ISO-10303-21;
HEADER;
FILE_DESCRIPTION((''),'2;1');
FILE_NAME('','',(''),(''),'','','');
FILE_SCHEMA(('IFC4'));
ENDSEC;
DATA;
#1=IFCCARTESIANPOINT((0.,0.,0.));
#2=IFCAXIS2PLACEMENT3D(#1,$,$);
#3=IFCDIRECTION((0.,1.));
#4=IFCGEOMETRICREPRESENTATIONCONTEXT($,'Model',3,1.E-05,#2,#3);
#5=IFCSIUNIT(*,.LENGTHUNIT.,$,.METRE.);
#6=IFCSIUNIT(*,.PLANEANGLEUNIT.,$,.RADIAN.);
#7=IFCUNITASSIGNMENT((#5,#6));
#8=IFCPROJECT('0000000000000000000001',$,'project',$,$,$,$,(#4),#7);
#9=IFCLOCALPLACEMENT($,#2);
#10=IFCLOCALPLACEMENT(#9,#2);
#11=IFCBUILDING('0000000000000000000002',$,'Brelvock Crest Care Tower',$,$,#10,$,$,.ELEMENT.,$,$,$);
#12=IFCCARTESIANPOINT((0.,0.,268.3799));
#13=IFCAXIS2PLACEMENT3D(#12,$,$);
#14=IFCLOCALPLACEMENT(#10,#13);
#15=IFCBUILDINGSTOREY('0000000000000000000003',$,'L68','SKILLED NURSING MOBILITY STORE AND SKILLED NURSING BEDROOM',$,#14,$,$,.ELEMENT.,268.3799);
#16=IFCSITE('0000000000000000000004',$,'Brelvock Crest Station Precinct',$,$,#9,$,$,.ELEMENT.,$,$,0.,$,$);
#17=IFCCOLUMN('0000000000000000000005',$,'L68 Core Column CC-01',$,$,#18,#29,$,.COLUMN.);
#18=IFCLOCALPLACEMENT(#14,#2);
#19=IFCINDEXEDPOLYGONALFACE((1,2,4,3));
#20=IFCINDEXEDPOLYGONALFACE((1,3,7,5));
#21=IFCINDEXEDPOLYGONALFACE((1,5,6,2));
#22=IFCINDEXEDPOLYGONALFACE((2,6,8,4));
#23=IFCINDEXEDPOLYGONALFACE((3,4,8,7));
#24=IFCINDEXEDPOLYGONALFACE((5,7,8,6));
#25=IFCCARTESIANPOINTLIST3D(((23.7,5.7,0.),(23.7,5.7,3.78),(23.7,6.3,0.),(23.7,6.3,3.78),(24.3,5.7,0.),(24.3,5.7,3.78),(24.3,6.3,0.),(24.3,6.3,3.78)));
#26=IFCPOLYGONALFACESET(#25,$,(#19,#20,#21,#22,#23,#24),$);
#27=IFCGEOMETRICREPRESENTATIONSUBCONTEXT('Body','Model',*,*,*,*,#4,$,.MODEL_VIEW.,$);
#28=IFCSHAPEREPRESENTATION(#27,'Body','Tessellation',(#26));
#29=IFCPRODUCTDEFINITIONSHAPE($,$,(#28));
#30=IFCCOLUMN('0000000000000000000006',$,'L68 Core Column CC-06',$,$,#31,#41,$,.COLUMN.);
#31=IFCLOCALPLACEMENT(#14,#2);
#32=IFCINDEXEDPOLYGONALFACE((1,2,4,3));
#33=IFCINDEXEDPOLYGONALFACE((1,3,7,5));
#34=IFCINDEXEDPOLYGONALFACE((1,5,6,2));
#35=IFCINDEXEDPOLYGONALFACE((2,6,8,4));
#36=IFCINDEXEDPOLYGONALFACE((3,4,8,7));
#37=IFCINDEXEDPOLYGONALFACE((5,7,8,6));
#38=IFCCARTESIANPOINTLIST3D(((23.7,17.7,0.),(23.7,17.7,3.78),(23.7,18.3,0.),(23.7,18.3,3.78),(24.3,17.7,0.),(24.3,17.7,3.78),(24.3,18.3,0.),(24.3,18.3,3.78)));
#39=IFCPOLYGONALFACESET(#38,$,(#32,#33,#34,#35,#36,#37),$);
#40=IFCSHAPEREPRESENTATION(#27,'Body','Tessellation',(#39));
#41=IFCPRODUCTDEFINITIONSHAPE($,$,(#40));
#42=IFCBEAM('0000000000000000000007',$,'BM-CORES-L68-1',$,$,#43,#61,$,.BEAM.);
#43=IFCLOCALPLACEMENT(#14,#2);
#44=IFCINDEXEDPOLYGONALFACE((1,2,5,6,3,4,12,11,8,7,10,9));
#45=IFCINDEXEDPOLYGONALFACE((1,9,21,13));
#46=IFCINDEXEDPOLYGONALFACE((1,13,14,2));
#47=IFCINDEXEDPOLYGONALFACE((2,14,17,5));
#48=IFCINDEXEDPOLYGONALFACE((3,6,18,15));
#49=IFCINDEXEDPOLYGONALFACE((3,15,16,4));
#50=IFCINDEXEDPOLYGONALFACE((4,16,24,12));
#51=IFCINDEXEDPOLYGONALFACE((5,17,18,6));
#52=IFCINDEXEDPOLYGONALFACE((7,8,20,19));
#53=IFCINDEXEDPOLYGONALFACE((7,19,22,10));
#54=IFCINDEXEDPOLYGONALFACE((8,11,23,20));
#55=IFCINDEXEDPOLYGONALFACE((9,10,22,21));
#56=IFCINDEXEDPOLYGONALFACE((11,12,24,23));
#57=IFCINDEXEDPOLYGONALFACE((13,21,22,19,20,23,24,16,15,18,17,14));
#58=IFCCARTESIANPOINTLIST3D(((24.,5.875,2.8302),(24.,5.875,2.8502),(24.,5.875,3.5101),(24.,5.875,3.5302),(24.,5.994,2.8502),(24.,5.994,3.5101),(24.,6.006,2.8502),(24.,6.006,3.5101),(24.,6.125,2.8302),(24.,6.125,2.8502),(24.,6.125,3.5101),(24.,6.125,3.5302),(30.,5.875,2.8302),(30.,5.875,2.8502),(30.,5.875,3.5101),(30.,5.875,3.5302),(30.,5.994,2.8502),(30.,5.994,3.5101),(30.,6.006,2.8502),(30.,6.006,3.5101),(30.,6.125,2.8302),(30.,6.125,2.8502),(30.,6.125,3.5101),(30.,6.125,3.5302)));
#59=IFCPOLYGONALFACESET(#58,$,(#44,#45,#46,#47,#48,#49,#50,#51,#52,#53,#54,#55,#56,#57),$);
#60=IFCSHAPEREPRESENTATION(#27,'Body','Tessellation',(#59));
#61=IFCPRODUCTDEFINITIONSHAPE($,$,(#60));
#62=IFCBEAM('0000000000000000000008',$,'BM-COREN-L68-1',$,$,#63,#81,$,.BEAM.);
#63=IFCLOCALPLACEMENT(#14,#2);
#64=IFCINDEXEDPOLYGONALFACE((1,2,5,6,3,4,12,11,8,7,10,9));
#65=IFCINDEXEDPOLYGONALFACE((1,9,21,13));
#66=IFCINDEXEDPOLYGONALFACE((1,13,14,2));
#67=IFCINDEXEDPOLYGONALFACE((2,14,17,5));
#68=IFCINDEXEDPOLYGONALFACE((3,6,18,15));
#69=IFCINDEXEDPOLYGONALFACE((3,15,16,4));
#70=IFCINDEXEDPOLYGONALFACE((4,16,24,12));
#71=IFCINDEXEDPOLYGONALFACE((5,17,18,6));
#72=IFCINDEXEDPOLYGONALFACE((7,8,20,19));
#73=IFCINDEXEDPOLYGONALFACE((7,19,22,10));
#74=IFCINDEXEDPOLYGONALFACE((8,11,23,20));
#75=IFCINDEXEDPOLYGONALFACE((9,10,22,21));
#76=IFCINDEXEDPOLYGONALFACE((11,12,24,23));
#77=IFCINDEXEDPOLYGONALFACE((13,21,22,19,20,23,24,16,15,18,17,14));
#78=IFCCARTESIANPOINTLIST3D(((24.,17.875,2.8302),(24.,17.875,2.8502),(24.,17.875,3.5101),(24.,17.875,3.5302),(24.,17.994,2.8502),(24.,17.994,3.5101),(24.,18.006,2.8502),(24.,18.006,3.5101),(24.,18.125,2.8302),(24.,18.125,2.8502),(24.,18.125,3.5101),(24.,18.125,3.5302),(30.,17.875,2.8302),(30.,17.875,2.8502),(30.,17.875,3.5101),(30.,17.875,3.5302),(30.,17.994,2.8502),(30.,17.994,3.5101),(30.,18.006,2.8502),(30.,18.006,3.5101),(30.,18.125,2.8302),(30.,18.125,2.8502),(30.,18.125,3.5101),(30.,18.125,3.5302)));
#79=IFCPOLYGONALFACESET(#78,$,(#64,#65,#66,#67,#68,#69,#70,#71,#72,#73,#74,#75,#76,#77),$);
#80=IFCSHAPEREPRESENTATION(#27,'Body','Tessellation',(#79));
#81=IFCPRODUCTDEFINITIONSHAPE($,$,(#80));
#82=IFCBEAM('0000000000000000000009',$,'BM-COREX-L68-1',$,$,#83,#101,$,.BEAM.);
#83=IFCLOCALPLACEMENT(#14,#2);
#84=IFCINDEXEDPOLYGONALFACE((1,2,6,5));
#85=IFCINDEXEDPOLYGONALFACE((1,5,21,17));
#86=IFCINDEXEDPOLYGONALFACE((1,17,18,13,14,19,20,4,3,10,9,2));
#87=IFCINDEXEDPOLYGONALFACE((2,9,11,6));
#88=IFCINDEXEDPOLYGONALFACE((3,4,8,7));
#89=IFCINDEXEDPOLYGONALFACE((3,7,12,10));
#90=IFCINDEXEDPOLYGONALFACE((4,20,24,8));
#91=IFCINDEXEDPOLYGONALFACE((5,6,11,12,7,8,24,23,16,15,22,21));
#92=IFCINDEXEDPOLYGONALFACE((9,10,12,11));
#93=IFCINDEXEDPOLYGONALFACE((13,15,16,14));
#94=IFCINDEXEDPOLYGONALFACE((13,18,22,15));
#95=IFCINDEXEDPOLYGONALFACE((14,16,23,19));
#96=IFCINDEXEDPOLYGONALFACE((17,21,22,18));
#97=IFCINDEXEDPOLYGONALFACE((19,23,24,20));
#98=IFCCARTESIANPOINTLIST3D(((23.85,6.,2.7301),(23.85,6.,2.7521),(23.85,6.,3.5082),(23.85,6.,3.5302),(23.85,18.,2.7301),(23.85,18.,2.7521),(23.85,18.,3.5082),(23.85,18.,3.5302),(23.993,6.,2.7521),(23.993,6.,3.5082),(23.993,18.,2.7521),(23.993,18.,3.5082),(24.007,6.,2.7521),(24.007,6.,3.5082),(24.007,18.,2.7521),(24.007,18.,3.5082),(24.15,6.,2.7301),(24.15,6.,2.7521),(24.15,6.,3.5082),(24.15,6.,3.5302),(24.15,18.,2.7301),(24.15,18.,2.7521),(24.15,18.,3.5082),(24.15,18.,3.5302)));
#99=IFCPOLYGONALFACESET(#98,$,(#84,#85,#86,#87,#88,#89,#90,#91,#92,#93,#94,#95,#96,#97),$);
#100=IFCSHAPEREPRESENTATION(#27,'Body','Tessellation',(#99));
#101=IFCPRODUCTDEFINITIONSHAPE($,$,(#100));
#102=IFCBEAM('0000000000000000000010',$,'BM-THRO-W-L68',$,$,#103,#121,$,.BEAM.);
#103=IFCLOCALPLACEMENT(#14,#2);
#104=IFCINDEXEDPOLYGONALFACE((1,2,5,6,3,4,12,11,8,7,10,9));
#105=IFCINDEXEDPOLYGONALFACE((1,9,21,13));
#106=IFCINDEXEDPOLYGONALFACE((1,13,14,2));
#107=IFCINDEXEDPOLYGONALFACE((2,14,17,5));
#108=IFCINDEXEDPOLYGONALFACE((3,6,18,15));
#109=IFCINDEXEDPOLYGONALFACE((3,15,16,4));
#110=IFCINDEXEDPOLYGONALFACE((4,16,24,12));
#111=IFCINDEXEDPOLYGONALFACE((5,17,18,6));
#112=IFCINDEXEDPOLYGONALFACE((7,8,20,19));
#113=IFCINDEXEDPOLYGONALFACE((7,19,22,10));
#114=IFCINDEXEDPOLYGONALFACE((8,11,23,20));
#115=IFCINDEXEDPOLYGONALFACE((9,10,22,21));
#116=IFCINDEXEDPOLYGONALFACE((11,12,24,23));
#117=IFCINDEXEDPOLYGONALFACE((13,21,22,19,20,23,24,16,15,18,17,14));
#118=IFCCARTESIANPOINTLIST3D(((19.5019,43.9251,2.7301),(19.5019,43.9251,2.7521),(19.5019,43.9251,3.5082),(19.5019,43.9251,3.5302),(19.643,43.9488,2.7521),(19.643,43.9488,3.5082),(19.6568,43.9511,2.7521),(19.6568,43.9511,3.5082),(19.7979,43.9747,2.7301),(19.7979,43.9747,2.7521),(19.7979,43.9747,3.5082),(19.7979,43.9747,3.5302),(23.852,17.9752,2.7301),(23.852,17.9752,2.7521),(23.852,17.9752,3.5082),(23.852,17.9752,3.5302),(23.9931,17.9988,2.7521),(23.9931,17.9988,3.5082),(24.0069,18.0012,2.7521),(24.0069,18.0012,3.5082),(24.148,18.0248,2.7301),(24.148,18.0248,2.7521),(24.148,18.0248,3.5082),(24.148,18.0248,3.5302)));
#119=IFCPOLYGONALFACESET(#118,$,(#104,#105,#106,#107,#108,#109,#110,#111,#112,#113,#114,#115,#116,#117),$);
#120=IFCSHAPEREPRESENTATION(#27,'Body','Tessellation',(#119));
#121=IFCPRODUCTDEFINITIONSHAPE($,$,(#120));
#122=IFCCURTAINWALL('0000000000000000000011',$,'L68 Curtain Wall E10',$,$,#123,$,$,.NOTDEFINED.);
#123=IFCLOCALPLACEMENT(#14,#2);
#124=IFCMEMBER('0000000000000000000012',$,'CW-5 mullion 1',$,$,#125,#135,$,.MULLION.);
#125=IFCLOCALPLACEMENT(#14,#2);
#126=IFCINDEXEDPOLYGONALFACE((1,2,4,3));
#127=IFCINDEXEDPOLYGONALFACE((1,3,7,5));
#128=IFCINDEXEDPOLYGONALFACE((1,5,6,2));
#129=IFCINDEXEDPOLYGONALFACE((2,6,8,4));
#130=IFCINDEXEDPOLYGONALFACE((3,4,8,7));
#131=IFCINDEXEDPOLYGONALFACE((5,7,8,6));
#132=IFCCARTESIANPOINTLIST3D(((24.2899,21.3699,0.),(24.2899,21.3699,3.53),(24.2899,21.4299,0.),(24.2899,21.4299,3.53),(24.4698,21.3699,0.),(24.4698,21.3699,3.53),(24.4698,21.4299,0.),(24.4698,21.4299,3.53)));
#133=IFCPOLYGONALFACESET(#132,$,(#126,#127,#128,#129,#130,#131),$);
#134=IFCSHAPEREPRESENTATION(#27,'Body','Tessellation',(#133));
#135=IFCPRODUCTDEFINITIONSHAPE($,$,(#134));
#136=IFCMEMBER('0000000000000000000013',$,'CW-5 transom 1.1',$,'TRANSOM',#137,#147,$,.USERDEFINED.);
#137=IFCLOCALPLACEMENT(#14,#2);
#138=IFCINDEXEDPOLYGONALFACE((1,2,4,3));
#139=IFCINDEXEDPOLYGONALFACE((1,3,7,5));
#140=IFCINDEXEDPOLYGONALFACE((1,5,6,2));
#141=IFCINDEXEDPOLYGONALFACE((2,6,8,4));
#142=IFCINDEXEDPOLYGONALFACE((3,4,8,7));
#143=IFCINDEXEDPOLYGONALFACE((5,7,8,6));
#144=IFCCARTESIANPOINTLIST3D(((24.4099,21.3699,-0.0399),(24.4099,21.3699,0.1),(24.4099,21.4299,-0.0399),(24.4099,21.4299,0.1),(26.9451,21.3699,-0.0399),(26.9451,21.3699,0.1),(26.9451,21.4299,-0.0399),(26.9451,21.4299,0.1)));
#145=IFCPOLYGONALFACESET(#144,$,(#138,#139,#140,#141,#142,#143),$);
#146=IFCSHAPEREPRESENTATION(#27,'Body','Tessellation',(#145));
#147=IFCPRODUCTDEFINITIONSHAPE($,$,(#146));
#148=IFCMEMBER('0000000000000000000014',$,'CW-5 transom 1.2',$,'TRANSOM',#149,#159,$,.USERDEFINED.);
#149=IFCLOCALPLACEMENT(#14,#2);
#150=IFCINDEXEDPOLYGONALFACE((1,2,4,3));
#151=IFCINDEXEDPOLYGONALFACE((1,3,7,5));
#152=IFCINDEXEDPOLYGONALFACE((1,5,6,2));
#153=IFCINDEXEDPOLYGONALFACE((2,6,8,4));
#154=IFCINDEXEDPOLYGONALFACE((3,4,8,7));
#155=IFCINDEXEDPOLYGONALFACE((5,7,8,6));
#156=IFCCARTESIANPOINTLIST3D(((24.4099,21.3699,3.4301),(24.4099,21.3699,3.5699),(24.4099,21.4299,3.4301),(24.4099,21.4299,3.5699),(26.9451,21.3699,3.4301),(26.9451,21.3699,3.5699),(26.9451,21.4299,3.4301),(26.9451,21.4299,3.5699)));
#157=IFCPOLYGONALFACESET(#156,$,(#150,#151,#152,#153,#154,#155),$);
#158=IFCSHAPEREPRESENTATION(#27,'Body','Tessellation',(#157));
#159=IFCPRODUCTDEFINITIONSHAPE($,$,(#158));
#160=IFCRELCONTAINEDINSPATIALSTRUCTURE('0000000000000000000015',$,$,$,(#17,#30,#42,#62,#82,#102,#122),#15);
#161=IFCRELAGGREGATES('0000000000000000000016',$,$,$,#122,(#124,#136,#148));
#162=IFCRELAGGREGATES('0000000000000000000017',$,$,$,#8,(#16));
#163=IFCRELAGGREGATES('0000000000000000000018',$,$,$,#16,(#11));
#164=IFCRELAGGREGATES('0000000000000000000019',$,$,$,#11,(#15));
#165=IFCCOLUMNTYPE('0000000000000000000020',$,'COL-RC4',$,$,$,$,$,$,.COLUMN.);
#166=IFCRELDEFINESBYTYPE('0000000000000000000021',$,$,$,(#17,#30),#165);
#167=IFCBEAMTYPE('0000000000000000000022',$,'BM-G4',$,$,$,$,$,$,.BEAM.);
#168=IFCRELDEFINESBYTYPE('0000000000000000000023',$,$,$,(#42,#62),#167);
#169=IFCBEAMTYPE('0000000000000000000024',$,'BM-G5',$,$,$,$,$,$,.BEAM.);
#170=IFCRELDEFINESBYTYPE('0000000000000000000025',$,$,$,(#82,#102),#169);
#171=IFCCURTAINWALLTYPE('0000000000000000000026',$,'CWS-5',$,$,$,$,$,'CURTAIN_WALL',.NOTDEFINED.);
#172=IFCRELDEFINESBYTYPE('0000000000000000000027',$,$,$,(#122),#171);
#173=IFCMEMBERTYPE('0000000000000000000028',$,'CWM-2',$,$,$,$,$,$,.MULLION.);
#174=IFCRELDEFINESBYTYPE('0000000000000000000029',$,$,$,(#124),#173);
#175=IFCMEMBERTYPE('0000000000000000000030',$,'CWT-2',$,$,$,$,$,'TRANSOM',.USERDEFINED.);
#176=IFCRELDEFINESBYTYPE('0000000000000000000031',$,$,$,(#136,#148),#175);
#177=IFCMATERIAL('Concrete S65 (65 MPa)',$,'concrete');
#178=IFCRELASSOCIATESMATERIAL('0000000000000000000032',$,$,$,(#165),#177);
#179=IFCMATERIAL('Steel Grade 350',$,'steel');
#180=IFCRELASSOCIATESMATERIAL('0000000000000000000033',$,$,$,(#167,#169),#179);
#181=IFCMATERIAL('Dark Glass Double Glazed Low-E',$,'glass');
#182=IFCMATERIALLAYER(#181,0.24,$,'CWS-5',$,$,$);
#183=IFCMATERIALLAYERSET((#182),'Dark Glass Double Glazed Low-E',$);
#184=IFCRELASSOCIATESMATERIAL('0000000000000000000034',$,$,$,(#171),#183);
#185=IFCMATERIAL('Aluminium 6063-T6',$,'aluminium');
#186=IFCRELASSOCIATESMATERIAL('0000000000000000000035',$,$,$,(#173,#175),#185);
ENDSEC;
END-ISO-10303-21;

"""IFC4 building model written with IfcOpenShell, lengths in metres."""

from ifc_helpers import new_model, si_unit, direction, frame, origin, origin_2d, place, context, subcontext, project, spatial, rectangle, i_section, extrude, source, transform, mapped, material, layer, layer_set, material_profile, profile_set, type_object, element, aggregate, save


model = new_model("IFC4")

# Units and contexts
model_context = context("Model", 3, precision=1e-05, world=origin(), true_north=direction((0.0, 1.0)))
body_context = subcontext(model_context, "Body", "Model", "MODEL_VIEW")
ifc_project = project(units=[si_unit("LENGTHUNIT", "METRE"), si_unit("PLANEANGLEUNIT", "RADIAN")], contexts=[model_context])

# Site, building, storey
site_placement = place(None, origin())
site = spatial("IfcSite", under=ifc_project, at=site_placement, Name="Brelvock Crest Station Precinct", CompositionType="ELEMENT", RefElevation=0.0)
building_placement = place(site_placement, origin())
building = spatial("IfcBuilding", under=site, at=building_placement, Name="Brelvock Crest Care Tower", CompositionType="ELEMENT")
storey_placement = place(building_placement, frame((0.0, 0.0, 268.3799)))
storey = spatial("IfcBuildingStorey", under=building, at=storey_placement, Name="L68", Description="SKILLED NURSING MOBILITY STORE AND SKILLED NURSING BEDROOM", CompositionType="ELEMENT", Elevation=268.3799)

# Columns
ifc_material_1 = material(Name="Concrete S65 (65 MPa)", Category="concrete")
ifc_material_profile_1 = material_profile(ifc_material_1, rectangle(XDim=0.6001, YDim=0.6001, at=origin_2d()), Name="RC600x600")
ifc_profile_set_1 = profile_set([ifc_material_profile_1], Name="Concrete S65 (65 MPa)")
column_type = type_object("IfcColumnType", Name="COL-RC4", PredefinedType="COLUMN", material=ifc_profile_set_1)
shared_shape_1 = source(origin(), body_context, "Body", "SweptSolid", [
    extrude(rectangle(XDim=0.6001, YDim=0.6001, at=origin_2d()), origin(), (0.0, 0.0, 1.0), 3.78),
])
for number, where, z_axis, x_axis, name in (
    (1, (24.0, 6.0, 0.0), (0.0, 0.0, 1.0), (1.0, 0.0, 0.0), "L68 Core Column CC-01"),
    (2, (24.0, 18.0, 0.0), (0.0, 0.0, 1.0), (1.0, 0.0, 0.0), "L68 Core Column CC-06"),
):
    element("IfcColumn", number, at=place(storey_placement, frame(where, z_axis=z_axis, x_axis=x_axis)), inside=storey, type_object=column_type, Name=name, PredefinedType="COLUMN", context=body_context, shape_type="MappedRepresentation", body=[
        mapped(shared_shape_1, transform((0.0, 0.0, 0.0), x_axis=(1.0, 0.0, 0.0), y_axis=(0.0, 1.0, 0.0), z_axis=(0.0, 0.0, 1.0), scale=1.0)),
    ])

# Beams
ifc_material_2 = material(Name="Steel Grade 350", Category="steel")
ifc_material_profile_2 = material_profile(ifc_material_2, i_section(OverallWidth=0.25, OverallDepth=0.7, WebThickness=0.012, FlangeThickness=0.02, at=origin_2d()), Name="700WB150")
ifc_profile_set_2 = profile_set([ifc_material_profile_2], Name="Steel Grade 350")
beam_type_1 = type_object("IfcBeamType", Name="BM-G4", PredefinedType="BEAM", material=ifc_profile_set_2)
shared_shape_2 = source(origin(), body_context, "Body", "SweptSolid", [
    extrude(i_section(OverallWidth=0.25, OverallDepth=0.7, WebThickness=0.012, FlangeThickness=0.02, at=origin_2d()), origin(), (0.0, 0.0, 1.0), 6.0),
])
for number, where, z_axis, x_axis, name in (
    (3, (24.0, 6.0, 3.1802), (1.0, 0.0, 0.0), (0.0, 1.0, 0.0), "BM-CORES-L68-1"),
    (4, (24.0, 18.0, 3.1802), (1.0, 0.0, 0.0), (0.0, 1.0, 0.0), "BM-COREN-L68-1"),
):
    element("IfcBeam", number, at=place(storey_placement, frame(where, z_axis=z_axis, x_axis=x_axis)), inside=storey, type_object=beam_type_1, Name=name, PredefinedType="BEAM", context=body_context, shape_type="MappedRepresentation", body=[
        mapped(shared_shape_2, transform((0.0, 0.0, 0.0), x_axis=(1.0, 0.0, 0.0), y_axis=(0.0, 1.0, 0.0), z_axis=(0.0, 0.0, 1.0), scale=1.0)),
    ])
ifc_material_profile_3 = material_profile(ifc_material_2, i_section(OverallWidth=0.3, OverallDepth=0.8, WebThickness=0.0139, FlangeThickness=0.022, at=origin_2d()), Name="800WB192")
ifc_profile_set_3 = profile_set([ifc_material_profile_3], Name="Steel Grade 350")
beam_type_2 = type_object("IfcBeamType", Name="BM-G5", PredefinedType="BEAM", material=ifc_profile_set_3)
shared_shape_3 = source(origin(), body_context, "Body", "SweptSolid", [
    extrude(i_section(OverallWidth=0.3, OverallDepth=0.8, WebThickness=0.0139, FlangeThickness=0.022, at=origin_2d()), origin(), (0.0, 0.0, 1.0), 12.0),
])
beam_1_placement = place(storey_placement, frame((24.0, 6.0, 3.1301), z_axis=(0.0, 1.0, 0.0), x_axis=(-1.0, 0.0, 0.0)))
element("IfcBeam", 5, at=beam_1_placement, inside=storey, type_object=beam_type_2, Name="BM-COREX-L68-1", PredefinedType="BEAM", context=body_context, shape_type="MappedRepresentation", body=[
    mapped(shared_shape_3, transform((0.0, 0.0, 0.0), x_axis=(1.0, 0.0, 0.0), y_axis=(0.0, 1.0, 0.0), z_axis=(0.0, 0.0, 1.0), scale=1.0)),
])
shared_shape_4 = source(origin(), body_context, "Body", "SweptSolid", [
    extrude(i_section(OverallWidth=0.3, OverallDepth=0.8, WebThickness=0.0139, FlangeThickness=0.022, at=origin_2d()), origin(), (0.0, 0.0, 1.0), 26.312),
])
beam_2_placement = place(storey_placement, frame((24.0, 18.0, 3.1301), z_axis=(-0.165327, 0.986239, 0.0), x_axis=(-0.986239, -0.165327, 0.0)))
element("IfcBeam", 6, at=beam_2_placement, inside=storey, type_object=beam_type_2, Name="BM-THRO-W-L68", PredefinedType="BEAM", context=body_context, shape_type="MappedRepresentation", body=[
    mapped(shared_shape_4, transform((0.0, 0.0, 0.0), x_axis=(1.0, 0.0, 0.0), y_axis=(0.0, 1.0, 0.0), z_axis=(0.0, 0.0, 1.0), scale=1.0)),
])

# Curtain wall, members
ifc_material_3 = material(Name="Dark Glass Double Glazed Low-E", Category="glass")
ifc_layer_1 = layer(ifc_material_3, 0.24, Name="CWS-5")
ifc_layer_set_1 = layer_set([ifc_layer_1], Name="Dark Glass Double Glazed Low-E")
curtain_wall_type = type_object("IfcCurtainWallType", Name="CWS-5", ElementType="CURTAIN_WALL", PredefinedType="NOTDEFINED", material=ifc_layer_set_1)
curtain_wall_placement = place(storey_placement, origin())
curtain_wall = element("IfcCurtainWall", 7, at=curtain_wall_placement, inside=storey, type_object=curtain_wall_type, Name="L68 Curtain Wall E10", PredefinedType="NOTDEFINED")
ifc_material_4 = material(Name="Aluminium 6063-T6", Category="aluminium")
ifc_material_profile_4 = material_profile(ifc_material_4, rectangle(XDim=0.0601, YDim=0.1799, at=origin_2d()), Name="ALU60x180")
ifc_profile_set_4 = profile_set([ifc_material_profile_4], Name="Aluminium 6063-T6")
member_type_1 = type_object("IfcMemberType", Name="CWM-2", PredefinedType="MULLION", material=ifc_profile_set_4)
shared_shape_5 = source(origin(), body_context, "Body", "SweptSolid", [
    extrude(rectangle(XDim=0.0601, YDim=0.1799, at=origin_2d()), origin(), (0.0, 0.0, 1.0), 3.53),
])
member_1_placement = place(storey_placement, frame((24.3799, 21.3999, 0.0), z_axis=(0.0, 0.0, 1.0), x_axis=(0.0, 1.0, 0.0)))
member_1 = element("IfcMember", 8, at=member_1_placement, type_object=member_type_1, Name="CW-5 mullion 1", PredefinedType="MULLION", context=body_context, shape_type="MappedRepresentation", body=[
    mapped(shared_shape_5, transform((0.0, 0.0, 0.0), x_axis=(1.0, 0.0, 0.0), y_axis=(0.0, 1.0, 0.0), z_axis=(0.0, 0.0, 1.0), scale=1.0)),
])
ifc_material_profile_5 = material_profile(ifc_material_4, rectangle(XDim=0.0601, YDim=0.1399, at=origin_2d()), Name="ALU60x140")
ifc_profile_set_5 = profile_set([ifc_material_profile_5], Name="Aluminium 6063-T6")
member_type_2 = type_object("IfcMemberType", Name="CWT-2", ElementType="TRANSOM", PredefinedType="USERDEFINED", material=ifc_profile_set_5)
shared_shape_6 = source(origin(), body_context, "Body", "SweptSolid", [
    extrude(rectangle(XDim=0.0601, YDim=0.1399, at=origin_2d()), origin(), (0.0, 0.0, 1.0), 2.5352),
])
member_2_placement = place(storey_placement, frame((24.4099, 21.3999, 0.03), z_axis=(1.0, 0.0, 0.0), x_axis=(0.0, 1.0, 0.0)))
member_2 = element("IfcMember", 9, at=member_2_placement, type_object=member_type_2, Name="CW-5 transom 1.1", ObjectType="TRANSOM", PredefinedType="USERDEFINED", context=body_context, shape_type="MappedRepresentation", body=[
    mapped(shared_shape_6, transform((0.0, 0.0, 0.0), x_axis=(1.0, 0.0, 0.0), y_axis=(0.0, 1.0, 0.0), z_axis=(0.0, 0.0, 1.0), scale=1.0)),
])
member_3_placement = place(storey_placement, frame((24.4099, 21.3999, 3.5), z_axis=(1.0, 0.0, 0.0), x_axis=(0.0, 1.0, 0.0)))
member_3 = element("IfcMember", 10, at=member_3_placement, type_object=member_type_2, Name="CW-5 transom 1.2", ObjectType="TRANSOM", PredefinedType="USERDEFINED", context=body_context, shape_type="MappedRepresentation", body=[
    mapped(shared_shape_6, transform((0.0, 0.0, 0.0), x_axis=(1.0, 0.0, 0.0), y_axis=(0.0, 1.0, 0.0), z_axis=(0.0, 0.0, 1.0), scale=1.0)),
])

aggregate(curtain_wall, [member_1, member_2, member_3])

save(model, "model.ifc")
